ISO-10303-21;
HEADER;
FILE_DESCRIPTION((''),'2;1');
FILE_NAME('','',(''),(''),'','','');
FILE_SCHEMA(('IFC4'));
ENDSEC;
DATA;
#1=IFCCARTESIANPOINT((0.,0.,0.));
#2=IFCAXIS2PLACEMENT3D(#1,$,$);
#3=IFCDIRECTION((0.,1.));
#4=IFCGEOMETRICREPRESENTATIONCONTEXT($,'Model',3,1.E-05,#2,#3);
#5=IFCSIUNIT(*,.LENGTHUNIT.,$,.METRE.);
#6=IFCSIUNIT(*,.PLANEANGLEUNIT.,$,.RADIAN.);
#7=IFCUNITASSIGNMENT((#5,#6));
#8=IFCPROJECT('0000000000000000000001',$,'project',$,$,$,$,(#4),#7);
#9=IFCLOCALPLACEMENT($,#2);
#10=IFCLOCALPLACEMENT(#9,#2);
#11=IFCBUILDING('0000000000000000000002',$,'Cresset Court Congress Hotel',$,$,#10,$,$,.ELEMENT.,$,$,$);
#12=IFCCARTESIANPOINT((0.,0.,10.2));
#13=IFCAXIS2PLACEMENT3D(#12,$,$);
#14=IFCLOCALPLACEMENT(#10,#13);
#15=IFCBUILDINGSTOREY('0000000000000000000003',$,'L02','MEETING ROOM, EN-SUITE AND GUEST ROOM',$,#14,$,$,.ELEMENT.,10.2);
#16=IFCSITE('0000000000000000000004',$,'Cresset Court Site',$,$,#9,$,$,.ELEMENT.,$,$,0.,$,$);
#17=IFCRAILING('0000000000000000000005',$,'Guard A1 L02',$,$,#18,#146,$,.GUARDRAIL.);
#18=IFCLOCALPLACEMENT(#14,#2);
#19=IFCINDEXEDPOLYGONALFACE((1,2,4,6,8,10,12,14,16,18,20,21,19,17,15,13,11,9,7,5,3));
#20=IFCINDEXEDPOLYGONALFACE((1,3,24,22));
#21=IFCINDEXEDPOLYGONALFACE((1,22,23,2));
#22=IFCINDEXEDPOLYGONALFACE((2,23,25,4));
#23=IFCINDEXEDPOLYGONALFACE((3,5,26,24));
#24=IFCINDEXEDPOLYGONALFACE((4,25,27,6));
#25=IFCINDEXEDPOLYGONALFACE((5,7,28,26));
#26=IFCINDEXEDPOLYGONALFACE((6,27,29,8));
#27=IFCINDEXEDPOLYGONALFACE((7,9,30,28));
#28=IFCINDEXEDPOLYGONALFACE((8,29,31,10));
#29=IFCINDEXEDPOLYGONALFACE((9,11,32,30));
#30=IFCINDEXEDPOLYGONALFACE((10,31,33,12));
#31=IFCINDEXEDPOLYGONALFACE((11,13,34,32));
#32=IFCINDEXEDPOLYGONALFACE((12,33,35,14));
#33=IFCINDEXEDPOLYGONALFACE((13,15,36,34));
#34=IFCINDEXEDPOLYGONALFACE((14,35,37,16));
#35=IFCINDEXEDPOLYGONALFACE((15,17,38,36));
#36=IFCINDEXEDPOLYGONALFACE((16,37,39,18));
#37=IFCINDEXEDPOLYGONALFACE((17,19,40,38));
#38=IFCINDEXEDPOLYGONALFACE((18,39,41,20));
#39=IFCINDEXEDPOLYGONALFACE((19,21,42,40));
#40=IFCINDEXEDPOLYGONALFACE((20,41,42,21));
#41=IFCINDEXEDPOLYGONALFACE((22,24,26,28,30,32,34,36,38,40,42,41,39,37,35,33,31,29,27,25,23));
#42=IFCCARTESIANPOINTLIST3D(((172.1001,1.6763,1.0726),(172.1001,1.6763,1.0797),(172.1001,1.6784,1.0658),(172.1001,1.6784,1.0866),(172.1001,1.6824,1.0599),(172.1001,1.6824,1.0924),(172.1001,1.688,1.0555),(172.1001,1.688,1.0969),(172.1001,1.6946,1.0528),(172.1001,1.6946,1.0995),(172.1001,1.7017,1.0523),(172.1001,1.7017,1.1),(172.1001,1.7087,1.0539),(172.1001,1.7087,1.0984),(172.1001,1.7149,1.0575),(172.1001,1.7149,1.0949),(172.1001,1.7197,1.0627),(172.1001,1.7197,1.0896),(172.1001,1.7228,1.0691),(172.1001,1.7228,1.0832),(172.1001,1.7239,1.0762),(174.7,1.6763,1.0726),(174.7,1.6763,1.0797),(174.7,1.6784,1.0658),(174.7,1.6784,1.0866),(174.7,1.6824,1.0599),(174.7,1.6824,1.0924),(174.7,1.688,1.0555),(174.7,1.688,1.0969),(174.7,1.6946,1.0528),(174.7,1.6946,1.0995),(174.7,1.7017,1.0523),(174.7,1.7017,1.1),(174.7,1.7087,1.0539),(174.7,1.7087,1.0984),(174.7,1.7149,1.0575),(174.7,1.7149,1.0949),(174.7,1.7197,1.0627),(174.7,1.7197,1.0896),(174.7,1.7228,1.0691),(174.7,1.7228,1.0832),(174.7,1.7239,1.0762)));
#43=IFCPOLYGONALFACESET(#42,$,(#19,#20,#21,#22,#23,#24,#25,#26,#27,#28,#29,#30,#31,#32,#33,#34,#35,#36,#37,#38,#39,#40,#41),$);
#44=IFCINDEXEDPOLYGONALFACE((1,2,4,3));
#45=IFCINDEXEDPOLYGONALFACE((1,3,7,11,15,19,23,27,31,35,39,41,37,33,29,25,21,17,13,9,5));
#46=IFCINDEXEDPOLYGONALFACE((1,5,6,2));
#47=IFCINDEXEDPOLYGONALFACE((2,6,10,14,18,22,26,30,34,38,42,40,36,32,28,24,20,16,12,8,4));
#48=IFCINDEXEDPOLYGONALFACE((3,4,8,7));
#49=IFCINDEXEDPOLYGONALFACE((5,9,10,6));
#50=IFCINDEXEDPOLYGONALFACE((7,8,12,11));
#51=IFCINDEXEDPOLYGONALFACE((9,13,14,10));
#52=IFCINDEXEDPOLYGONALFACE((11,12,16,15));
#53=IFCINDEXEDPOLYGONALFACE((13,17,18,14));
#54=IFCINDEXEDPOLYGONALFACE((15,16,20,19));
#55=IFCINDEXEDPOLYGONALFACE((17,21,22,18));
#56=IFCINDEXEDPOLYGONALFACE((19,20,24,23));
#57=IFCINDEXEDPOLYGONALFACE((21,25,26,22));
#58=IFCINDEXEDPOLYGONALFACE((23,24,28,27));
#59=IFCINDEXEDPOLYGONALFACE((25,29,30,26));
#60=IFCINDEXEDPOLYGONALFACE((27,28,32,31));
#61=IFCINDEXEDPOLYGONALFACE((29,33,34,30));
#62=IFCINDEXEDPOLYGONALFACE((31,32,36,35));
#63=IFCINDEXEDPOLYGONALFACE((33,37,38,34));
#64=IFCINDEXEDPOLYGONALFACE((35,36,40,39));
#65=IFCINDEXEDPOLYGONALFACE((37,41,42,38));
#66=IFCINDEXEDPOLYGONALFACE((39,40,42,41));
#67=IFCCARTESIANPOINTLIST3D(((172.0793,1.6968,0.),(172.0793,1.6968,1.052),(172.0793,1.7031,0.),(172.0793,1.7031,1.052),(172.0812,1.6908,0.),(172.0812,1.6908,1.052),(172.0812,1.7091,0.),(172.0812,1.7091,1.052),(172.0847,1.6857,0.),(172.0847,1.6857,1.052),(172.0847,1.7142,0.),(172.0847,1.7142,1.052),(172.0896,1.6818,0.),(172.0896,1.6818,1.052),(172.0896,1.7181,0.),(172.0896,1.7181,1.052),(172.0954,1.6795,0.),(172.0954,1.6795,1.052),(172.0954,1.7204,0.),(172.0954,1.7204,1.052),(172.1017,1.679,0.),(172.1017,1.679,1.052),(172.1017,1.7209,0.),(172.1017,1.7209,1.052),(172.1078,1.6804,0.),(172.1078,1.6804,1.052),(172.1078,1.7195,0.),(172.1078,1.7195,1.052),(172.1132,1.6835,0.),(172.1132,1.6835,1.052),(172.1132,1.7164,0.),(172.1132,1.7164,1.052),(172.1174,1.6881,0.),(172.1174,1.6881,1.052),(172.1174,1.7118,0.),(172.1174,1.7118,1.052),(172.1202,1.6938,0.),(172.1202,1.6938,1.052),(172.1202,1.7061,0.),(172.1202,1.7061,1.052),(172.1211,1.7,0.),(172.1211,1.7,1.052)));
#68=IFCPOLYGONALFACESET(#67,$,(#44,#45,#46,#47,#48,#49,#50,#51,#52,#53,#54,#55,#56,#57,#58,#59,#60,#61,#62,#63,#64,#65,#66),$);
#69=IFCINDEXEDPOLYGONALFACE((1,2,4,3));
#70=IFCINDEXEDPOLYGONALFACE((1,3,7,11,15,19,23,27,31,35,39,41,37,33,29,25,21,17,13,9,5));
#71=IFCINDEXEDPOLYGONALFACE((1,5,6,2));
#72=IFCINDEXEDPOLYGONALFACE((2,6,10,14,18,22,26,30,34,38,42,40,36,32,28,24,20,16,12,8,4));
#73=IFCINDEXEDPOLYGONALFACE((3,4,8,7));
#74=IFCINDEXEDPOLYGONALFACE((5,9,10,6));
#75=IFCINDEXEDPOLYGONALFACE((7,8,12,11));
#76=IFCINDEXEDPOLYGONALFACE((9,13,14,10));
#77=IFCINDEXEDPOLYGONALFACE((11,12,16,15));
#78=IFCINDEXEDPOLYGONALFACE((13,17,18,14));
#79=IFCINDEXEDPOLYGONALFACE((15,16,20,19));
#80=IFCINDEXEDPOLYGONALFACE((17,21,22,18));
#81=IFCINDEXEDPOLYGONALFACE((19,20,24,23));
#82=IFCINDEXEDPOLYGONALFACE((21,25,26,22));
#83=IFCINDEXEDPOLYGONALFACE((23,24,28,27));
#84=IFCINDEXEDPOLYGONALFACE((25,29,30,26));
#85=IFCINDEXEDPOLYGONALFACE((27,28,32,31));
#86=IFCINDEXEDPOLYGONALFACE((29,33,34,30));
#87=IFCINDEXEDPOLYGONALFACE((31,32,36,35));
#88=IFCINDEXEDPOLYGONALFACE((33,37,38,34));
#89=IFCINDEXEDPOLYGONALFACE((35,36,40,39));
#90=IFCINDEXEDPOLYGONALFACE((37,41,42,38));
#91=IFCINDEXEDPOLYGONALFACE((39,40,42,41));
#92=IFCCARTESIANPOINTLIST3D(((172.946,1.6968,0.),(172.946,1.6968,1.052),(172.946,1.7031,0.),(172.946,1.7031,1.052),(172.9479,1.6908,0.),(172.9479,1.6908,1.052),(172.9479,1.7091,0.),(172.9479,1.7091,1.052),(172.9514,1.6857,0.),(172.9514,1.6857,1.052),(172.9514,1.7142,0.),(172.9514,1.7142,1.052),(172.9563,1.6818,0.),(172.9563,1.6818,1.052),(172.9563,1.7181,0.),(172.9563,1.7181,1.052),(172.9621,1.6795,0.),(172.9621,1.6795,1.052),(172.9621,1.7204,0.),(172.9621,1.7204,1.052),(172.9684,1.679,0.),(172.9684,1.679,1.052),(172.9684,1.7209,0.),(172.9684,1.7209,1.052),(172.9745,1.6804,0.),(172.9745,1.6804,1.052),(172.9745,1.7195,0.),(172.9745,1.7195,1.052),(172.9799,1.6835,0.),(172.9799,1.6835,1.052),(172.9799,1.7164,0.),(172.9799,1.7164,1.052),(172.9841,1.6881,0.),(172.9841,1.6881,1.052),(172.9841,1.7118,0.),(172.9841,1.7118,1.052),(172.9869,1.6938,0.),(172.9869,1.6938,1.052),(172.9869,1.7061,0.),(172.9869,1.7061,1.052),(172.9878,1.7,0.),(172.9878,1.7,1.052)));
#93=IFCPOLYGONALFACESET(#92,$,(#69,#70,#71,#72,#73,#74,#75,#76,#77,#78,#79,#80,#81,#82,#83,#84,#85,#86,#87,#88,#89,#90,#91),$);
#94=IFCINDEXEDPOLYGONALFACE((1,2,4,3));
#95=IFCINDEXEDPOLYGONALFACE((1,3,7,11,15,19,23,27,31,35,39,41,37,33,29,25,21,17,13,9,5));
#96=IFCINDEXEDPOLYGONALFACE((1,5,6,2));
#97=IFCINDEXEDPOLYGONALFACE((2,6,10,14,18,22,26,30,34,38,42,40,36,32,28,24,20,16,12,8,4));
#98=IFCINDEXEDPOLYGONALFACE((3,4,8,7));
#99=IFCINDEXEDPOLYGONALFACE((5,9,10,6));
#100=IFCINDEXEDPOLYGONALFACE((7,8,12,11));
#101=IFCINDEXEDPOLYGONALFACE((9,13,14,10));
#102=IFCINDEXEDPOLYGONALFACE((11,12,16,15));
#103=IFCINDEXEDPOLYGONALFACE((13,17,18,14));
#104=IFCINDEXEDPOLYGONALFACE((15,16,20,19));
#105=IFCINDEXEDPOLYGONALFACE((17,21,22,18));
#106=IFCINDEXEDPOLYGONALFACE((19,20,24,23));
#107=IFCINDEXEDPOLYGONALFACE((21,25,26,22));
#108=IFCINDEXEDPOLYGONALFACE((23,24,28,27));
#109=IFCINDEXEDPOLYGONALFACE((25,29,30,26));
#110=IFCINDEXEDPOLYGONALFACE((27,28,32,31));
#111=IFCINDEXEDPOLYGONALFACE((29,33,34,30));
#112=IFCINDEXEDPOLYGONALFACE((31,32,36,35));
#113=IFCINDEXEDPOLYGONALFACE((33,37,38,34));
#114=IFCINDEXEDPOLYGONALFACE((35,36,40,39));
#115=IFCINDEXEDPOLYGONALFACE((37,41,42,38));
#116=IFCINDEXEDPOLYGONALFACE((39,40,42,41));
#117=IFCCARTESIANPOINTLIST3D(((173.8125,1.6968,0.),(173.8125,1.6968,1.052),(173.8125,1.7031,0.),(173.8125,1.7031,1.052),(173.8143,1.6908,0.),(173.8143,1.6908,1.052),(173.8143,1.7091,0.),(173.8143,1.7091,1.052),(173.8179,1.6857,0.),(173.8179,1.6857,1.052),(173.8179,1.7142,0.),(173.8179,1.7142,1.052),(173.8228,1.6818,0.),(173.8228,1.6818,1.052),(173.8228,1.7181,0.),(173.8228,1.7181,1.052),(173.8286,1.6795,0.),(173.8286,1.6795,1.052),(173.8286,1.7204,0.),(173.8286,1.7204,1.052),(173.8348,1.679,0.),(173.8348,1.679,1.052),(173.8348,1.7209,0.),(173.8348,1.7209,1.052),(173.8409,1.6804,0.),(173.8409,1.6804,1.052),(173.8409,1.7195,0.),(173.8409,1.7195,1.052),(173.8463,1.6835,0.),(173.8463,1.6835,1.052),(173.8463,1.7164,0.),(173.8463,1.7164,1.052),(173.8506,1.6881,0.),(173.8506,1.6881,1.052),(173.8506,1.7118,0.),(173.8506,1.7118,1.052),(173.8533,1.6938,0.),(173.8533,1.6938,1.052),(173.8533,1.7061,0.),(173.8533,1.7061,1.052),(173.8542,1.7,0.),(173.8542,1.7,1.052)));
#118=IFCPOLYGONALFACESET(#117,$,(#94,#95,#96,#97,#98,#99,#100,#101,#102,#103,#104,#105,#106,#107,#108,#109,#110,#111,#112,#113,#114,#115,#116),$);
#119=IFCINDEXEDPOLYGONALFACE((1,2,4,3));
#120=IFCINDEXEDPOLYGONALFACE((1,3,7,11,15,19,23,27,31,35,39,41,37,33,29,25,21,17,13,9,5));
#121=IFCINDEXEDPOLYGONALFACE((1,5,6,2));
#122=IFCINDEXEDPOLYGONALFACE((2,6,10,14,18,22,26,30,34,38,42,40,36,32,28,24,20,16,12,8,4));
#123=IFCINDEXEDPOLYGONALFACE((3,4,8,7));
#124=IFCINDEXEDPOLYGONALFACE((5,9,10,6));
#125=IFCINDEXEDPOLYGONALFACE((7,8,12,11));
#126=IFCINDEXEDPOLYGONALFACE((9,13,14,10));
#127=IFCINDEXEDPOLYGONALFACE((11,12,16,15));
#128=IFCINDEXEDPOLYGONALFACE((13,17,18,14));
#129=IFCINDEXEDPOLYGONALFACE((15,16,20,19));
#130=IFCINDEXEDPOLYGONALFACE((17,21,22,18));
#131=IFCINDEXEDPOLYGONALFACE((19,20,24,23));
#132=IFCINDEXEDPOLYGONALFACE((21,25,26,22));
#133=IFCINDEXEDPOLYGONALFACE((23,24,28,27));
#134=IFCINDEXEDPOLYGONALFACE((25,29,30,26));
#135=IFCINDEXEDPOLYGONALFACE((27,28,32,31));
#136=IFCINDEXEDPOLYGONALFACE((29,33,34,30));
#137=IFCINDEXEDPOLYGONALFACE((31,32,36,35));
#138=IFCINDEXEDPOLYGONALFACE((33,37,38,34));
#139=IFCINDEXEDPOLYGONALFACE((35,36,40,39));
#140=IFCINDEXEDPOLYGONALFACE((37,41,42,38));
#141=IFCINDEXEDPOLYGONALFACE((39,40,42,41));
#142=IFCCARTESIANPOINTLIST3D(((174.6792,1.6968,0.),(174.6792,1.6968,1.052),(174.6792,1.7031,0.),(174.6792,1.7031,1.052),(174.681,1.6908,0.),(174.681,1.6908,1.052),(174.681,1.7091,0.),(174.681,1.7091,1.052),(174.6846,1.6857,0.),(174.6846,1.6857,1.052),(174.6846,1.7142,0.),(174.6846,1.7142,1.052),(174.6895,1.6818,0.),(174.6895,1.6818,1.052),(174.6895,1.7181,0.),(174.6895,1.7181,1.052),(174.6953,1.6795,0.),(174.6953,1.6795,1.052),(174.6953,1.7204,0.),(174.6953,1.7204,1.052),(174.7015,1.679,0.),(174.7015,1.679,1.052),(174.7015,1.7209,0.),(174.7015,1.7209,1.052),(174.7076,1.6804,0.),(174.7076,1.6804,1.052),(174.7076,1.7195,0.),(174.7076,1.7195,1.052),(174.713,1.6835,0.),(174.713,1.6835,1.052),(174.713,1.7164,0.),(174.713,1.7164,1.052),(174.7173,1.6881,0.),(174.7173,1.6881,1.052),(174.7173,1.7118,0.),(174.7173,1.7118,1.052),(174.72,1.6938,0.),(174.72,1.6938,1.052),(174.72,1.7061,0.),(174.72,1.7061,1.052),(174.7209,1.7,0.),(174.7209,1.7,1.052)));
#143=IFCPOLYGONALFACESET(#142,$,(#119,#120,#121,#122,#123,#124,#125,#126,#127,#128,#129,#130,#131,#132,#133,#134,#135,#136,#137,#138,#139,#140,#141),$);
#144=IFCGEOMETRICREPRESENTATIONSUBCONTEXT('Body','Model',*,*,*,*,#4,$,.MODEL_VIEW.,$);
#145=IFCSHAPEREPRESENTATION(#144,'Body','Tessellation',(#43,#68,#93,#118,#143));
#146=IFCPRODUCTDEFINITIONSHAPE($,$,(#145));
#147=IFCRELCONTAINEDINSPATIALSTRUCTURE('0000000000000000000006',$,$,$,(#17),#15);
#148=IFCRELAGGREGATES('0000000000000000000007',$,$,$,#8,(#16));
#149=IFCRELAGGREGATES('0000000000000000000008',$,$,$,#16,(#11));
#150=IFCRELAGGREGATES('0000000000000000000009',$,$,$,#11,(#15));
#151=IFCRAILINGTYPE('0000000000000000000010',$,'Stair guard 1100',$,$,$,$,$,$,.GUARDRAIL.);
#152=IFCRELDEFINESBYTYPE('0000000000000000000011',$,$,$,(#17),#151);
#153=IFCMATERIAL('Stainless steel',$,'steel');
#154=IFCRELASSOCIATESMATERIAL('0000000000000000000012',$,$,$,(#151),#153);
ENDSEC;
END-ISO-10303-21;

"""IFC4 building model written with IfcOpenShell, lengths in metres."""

from ifc_helpers import new_model, si_unit, direction, frame, origin, origin_2d, place, context, subcontext, project, spatial, circle, extrude, material, type_object, element, save


model = new_model("IFC4")

# Units and contexts
model_context = context("Model", 3, precision=1e-05, world=origin(), true_north=direction((0.0, 1.0)))
body_context = subcontext(model_context, "Body", "Model", "MODEL_VIEW")
ifc_project = project(units=[si_unit("LENGTHUNIT", "METRE"), si_unit("PLANEANGLEUNIT", "RADIAN")], contexts=[model_context])

# Site, building, storey
site_placement = place(None, origin())
site = spatial("IfcSite", under=ifc_project, at=site_placement, Name="Cresset Court Site", CompositionType="ELEMENT", RefElevation=0.0)
building_placement = place(site_placement, origin())
building = spatial("IfcBuilding", under=site, at=building_placement, Name="Cresset Court Congress Hotel", CompositionType="ELEMENT")
storey_placement = place(building_placement, frame((0.0, 0.0, 10.2)))
storey = spatial("IfcBuildingStorey", under=building, at=storey_placement, Name="L02", Description="MEETING ROOM, EN-SUITE AND GUEST ROOM", CompositionType="ELEMENT", Elevation=10.2)

# Railing
ifc_material_1 = material(Name="Stainless steel", Category="steel")
railing_type_1 = type_object("IfcRailingType", Name="Stair guard 1100", PredefinedType="GUARDRAIL", material=ifc_material_1)
for number, where, name in (
    (1, (172.1001, 1.7, 0.0), "Guard A1 L02"),
):
    element("IfcRailing", number, at=place(storey_placement, frame(where)), inside=storey, type_object=railing_type_1, Name=name, PredefinedType="GUARDRAIL", context=body_context, shape_type="SweptSolid", body=[
        extrude(circle(Radius=0.0239, at=origin_2d()), frame((0.0, 0.0, 1.0762), z_axis=(1.0, 0.0, 0.0), x_axis=(0.0, 1.0, 0.0)), (0.0, 0.0, 1.0), 2.5999),
        extrude(circle(Radius=0.021, at=origin_2d()), origin(), (0.0, 0.0, 1.0), 1.052),
        extrude(circle(Radius=0.021, at=origin_2d()), frame((0.8667, 0.0, 0.0)), (0.0, 0.0, 1.0), 1.052),
        extrude(circle(Radius=0.021, at=origin_2d()), frame((1.7332, 0.0, 0.0)), (0.0, 0.0, 1.0), 1.052),
        extrude(circle(Radius=0.021, at=origin_2d()), frame((2.5999, 0.0, 0.0)), (0.0, 0.0, 1.0), 1.052),
    ])

save(model, "model.ifc")
